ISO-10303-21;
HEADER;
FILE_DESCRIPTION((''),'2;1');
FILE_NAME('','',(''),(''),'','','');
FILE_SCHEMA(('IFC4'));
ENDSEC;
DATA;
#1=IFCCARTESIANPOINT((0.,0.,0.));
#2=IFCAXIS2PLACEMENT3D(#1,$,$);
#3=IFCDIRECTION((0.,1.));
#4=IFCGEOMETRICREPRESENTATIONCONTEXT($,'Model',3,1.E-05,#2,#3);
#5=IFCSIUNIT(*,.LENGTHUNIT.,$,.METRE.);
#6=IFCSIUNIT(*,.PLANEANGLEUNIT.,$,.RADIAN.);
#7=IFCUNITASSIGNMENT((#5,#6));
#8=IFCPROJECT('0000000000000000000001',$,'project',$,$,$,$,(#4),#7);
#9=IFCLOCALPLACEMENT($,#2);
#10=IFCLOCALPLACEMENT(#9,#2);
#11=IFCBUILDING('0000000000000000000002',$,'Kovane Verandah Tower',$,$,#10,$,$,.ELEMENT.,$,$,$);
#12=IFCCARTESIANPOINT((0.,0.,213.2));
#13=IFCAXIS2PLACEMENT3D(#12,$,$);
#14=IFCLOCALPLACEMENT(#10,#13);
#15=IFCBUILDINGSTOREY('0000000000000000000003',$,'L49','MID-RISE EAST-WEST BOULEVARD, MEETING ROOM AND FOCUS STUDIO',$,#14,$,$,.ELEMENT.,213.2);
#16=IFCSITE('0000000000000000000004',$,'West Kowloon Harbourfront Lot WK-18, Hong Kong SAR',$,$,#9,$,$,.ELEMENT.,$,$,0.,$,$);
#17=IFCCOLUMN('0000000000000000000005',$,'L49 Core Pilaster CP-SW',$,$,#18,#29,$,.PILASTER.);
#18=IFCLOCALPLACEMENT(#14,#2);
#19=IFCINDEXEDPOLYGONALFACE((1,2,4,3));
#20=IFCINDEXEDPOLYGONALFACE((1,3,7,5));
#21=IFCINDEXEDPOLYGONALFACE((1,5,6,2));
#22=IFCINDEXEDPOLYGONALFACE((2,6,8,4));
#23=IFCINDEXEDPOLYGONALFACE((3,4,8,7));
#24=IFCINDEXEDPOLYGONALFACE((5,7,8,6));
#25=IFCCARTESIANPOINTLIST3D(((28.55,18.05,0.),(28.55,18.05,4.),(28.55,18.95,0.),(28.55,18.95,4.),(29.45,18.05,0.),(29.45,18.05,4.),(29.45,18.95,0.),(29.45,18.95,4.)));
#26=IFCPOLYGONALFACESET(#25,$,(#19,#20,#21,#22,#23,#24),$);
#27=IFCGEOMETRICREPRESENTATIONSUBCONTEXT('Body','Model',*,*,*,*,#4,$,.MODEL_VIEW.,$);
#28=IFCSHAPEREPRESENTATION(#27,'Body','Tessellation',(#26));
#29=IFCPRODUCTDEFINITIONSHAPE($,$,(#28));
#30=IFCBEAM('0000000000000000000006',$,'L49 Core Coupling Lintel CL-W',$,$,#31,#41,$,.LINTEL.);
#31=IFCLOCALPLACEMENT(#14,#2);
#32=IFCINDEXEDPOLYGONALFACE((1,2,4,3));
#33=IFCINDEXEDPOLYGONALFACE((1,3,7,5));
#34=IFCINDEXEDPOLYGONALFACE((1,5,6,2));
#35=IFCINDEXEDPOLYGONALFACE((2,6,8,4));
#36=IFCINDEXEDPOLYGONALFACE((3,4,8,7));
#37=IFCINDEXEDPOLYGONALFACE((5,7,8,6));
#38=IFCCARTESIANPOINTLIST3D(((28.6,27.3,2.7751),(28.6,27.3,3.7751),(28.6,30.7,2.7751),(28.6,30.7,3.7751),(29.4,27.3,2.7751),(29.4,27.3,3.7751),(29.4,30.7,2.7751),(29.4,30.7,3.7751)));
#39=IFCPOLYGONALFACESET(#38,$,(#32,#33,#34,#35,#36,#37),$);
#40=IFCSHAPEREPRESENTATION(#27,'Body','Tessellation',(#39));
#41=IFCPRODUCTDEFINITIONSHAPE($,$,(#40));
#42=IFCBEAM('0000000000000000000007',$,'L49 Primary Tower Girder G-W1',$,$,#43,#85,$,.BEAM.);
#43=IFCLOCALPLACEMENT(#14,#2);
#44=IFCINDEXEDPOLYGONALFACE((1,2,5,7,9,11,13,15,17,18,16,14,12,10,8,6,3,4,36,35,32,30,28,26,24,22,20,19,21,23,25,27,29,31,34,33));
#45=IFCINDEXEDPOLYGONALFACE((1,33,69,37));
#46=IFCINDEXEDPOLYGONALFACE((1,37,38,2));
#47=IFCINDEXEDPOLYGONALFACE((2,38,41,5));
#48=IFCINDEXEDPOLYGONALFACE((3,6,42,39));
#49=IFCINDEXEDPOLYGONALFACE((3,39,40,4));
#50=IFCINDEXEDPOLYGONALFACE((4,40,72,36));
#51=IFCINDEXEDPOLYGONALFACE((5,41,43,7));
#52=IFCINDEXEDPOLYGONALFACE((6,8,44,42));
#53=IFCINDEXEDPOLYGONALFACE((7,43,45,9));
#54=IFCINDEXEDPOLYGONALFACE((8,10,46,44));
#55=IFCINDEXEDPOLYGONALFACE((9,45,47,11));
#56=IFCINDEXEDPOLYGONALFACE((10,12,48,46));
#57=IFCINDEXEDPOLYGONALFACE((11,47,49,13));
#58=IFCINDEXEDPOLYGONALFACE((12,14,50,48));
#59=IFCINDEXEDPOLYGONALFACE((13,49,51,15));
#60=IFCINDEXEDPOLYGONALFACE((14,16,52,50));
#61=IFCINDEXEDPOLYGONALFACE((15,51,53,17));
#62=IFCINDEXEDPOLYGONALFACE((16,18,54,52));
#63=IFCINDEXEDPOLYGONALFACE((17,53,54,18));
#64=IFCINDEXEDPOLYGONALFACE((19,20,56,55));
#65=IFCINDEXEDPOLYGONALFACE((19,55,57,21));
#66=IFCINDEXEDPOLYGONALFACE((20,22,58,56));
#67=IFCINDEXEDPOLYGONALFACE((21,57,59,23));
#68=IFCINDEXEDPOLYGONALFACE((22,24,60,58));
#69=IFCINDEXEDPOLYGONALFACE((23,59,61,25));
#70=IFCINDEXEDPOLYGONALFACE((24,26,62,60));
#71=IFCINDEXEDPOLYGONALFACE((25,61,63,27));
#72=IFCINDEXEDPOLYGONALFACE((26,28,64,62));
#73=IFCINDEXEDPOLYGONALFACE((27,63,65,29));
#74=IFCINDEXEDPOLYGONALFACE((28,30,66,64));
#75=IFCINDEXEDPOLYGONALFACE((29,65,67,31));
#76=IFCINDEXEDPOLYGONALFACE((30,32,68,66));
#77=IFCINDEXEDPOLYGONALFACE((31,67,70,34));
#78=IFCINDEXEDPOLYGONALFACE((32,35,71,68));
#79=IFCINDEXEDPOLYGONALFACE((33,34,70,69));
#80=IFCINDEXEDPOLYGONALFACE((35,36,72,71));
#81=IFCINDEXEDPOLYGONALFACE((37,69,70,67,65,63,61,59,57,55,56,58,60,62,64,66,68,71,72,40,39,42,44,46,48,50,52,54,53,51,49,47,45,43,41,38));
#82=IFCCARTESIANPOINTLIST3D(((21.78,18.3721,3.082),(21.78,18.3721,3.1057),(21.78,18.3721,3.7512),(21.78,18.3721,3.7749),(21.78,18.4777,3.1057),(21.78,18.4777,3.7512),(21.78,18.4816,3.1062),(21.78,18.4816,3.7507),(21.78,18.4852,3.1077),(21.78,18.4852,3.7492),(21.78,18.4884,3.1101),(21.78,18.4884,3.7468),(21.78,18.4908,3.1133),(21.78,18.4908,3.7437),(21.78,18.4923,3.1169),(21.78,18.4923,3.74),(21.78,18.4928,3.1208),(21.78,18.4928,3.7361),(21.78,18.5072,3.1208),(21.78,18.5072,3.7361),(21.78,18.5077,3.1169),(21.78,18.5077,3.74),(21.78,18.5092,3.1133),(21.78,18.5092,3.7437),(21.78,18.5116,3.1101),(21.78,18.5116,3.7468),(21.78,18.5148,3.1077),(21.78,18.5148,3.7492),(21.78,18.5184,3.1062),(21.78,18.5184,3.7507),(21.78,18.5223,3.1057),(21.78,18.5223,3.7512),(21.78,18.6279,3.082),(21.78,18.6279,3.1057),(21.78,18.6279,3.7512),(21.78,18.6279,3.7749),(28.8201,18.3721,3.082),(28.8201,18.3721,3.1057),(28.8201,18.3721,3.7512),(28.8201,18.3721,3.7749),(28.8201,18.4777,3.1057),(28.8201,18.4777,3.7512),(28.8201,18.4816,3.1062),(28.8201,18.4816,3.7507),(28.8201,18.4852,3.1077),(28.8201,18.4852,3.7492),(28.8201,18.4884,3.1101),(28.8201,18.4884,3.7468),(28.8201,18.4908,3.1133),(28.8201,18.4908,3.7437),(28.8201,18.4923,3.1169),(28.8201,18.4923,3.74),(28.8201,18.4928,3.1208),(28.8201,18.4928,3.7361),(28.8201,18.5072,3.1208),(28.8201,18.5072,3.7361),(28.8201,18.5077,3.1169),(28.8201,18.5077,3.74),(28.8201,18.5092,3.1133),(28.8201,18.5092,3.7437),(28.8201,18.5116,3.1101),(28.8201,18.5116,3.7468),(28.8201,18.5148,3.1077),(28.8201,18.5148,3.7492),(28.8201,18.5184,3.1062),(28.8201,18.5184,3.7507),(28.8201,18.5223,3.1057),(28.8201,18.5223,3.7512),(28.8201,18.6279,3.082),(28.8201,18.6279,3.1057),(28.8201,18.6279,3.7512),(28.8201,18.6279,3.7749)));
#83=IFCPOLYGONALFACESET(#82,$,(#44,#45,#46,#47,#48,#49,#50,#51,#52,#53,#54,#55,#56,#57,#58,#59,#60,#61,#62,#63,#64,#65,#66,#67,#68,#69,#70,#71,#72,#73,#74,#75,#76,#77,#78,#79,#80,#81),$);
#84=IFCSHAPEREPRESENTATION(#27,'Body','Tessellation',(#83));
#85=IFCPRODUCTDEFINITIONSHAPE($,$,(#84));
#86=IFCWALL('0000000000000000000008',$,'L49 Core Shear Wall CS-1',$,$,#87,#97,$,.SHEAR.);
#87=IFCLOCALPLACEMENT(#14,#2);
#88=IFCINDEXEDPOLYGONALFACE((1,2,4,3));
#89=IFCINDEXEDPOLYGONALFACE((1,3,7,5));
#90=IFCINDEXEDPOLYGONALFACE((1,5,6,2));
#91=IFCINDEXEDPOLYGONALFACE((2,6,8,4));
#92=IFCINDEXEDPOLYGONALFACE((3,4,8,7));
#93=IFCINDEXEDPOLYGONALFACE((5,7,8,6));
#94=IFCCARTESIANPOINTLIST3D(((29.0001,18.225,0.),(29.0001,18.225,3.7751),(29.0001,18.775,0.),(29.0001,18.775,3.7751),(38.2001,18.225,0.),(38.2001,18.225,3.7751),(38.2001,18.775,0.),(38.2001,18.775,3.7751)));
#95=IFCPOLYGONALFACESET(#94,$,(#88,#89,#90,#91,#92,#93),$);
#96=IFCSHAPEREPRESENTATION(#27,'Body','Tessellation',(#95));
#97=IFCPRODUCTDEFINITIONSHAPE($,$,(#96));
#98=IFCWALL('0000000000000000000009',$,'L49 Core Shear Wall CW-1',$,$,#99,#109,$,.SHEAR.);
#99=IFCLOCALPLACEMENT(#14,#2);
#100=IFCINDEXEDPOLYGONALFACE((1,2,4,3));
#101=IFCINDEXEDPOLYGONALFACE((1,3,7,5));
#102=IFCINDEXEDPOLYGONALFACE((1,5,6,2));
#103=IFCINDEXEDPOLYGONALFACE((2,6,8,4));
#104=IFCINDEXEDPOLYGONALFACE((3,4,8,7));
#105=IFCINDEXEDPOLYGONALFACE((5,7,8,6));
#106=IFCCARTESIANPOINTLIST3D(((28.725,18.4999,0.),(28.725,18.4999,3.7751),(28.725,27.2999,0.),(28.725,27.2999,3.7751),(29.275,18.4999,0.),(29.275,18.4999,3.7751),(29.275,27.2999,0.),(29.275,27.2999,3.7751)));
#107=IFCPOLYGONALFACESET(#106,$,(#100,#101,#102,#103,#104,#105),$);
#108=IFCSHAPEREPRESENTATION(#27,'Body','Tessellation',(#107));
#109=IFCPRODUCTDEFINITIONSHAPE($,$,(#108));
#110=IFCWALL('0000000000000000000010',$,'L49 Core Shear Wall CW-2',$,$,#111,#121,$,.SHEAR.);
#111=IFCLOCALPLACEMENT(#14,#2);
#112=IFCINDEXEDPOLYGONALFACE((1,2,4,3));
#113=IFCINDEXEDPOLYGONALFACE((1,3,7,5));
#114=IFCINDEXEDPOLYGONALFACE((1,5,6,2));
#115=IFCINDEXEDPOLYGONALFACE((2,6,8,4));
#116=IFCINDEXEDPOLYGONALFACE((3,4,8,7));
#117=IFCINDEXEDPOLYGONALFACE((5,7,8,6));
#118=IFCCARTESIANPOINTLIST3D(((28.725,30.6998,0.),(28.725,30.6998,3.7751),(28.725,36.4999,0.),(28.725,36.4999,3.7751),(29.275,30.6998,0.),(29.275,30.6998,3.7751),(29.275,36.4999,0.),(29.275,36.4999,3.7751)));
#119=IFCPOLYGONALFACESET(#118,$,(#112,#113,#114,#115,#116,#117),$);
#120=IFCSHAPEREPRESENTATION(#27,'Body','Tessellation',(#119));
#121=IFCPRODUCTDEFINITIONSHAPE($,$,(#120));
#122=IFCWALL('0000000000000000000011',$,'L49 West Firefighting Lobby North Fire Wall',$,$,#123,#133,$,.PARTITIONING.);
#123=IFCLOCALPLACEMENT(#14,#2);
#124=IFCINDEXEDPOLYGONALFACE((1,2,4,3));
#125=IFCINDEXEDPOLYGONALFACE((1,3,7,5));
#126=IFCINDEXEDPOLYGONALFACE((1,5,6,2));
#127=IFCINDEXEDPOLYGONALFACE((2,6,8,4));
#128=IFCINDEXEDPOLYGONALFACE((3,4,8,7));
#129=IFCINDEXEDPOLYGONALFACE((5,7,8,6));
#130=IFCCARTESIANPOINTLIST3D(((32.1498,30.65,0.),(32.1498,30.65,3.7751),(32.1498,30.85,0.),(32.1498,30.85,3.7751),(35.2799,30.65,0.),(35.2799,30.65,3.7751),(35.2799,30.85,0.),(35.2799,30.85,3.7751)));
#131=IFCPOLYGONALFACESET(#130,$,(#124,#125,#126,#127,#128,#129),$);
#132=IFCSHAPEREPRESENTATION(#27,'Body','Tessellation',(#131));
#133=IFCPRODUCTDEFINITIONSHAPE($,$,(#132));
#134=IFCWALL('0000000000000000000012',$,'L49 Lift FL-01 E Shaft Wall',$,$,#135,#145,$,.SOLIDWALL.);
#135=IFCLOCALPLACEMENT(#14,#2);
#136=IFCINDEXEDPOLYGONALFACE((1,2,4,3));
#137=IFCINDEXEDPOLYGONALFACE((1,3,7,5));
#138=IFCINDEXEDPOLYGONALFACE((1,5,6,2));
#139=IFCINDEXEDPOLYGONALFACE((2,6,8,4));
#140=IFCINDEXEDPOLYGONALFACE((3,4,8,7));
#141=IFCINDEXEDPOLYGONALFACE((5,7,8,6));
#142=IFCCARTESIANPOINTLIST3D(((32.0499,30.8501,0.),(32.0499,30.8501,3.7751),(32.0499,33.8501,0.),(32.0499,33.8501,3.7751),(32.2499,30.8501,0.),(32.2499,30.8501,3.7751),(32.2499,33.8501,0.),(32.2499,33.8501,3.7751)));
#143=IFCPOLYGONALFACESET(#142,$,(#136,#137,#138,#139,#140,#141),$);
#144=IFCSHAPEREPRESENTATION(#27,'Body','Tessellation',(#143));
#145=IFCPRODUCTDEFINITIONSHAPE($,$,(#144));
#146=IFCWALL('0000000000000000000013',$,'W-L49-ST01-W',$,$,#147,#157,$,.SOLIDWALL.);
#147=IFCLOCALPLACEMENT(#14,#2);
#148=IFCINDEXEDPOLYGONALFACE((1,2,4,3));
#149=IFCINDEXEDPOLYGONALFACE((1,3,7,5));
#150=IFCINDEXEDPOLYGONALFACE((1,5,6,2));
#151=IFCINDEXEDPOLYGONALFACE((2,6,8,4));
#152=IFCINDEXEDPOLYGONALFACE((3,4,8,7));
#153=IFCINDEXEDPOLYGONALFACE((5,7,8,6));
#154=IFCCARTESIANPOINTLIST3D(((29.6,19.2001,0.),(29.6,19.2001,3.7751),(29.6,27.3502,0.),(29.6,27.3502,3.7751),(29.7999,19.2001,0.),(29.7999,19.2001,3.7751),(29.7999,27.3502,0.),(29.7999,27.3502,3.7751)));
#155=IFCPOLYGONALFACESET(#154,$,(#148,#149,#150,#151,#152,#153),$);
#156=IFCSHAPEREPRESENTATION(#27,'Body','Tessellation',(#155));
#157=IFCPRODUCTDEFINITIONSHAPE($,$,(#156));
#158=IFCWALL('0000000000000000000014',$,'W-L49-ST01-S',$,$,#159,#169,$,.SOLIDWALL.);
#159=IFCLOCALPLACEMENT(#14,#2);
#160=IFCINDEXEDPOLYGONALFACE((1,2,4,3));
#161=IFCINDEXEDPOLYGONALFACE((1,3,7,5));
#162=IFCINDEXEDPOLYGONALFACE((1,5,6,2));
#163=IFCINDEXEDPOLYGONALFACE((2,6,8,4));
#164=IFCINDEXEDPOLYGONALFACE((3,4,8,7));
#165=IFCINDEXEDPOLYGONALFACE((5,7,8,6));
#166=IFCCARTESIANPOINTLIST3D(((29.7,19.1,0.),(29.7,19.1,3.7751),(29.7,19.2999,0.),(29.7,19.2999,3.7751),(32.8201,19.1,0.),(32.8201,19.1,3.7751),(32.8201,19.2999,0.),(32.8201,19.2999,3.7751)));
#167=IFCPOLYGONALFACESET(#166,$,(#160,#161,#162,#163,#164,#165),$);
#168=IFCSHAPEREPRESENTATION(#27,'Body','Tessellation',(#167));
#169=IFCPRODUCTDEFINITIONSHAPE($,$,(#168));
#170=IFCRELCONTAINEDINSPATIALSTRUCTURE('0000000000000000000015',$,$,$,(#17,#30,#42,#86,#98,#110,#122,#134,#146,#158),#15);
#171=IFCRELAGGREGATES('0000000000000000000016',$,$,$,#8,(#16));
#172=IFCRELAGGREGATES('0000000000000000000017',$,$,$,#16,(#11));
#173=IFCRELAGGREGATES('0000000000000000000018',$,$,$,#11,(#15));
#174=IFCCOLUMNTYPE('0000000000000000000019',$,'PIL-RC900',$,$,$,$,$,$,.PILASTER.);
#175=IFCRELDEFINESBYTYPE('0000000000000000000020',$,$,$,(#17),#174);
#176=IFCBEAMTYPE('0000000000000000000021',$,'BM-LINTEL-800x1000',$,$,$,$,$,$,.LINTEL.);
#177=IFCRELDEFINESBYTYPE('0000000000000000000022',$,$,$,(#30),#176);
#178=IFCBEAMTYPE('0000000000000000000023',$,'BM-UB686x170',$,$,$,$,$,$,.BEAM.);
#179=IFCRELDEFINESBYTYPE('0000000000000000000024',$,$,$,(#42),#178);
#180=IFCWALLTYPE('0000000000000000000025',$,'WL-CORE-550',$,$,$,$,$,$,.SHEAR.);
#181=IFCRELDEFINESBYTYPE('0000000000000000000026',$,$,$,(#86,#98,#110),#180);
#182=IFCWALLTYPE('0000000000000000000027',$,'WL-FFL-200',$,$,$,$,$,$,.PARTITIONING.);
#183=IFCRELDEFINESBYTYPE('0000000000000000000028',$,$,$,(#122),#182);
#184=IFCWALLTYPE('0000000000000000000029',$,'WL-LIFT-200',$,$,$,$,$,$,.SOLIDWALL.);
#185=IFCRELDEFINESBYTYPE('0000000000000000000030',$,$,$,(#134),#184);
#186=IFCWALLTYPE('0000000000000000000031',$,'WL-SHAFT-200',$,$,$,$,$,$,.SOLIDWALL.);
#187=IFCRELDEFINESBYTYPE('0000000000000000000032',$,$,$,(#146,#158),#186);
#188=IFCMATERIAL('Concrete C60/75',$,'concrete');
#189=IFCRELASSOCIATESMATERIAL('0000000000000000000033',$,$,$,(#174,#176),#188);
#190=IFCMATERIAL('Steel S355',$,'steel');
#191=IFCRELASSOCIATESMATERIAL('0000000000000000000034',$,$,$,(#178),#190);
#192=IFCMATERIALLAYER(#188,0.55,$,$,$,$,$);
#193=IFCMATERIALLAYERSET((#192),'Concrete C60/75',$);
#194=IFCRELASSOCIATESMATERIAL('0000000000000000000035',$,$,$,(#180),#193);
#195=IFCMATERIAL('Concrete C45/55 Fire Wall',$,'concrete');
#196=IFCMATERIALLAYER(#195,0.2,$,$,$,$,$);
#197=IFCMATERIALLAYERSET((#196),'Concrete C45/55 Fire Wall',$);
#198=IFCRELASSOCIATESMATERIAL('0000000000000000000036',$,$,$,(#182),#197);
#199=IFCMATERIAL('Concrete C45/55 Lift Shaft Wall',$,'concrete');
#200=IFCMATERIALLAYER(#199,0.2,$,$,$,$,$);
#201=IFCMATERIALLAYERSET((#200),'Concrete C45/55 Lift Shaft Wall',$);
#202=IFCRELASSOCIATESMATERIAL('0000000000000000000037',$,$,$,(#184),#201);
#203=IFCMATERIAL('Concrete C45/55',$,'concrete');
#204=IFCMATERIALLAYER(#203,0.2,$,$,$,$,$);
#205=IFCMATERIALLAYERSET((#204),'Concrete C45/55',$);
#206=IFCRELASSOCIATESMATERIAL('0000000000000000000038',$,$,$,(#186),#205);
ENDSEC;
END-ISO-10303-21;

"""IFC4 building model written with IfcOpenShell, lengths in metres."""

from ifc_helpers import new_model, si_unit, direction, frame, frame_2d, origin, origin_2d, place, context, subcontext, project, spatial, rectangle, i_section, extrude, material, layer, layer_set, material_profile, profile_set, type_object, element, save


model = new_model("IFC4")

# Units and contexts
model_context = context("Model", 3, precision=1e-05, world=origin(), true_north=direction((0.0, 1.0)))
body_context = subcontext(model_context, "Body", "Model", "MODEL_VIEW")
ifc_project = project(units=[si_unit("LENGTHUNIT", "METRE"), si_unit("PLANEANGLEUNIT", "RADIAN")], contexts=[model_context])

# Site, building, storey
site_placement = place(None, origin())
site = spatial("IfcSite", under=ifc_project, at=site_placement, Name="West Kowloon Harbourfront Lot WK-18, Hong Kong SAR", CompositionType="ELEMENT", RefElevation=0.0)
building_placement = place(site_placement, origin())
building = spatial("IfcBuilding", under=site, at=building_placement, Name="Kovane Verandah Tower", CompositionType="ELEMENT")
storey_placement = place(building_placement, frame((0.0, 0.0, 213.2)))
storey = spatial("IfcBuildingStorey", under=building, at=storey_placement, Name="L49", Description="MID-RISE EAST-WEST BOULEVARD, MEETING ROOM AND FOCUS STUDIO", CompositionType="ELEMENT", Elevation=213.2)

# Column
ifc_material_1 = material(Name="Concrete C60/75", Category="concrete")
ifc_material_profile_1 = material_profile(ifc_material_1, rectangle(XDim=0.8999, YDim=0.8999, at=origin_2d()), Name="RC900x900")
ifc_profile_set_1 = profile_set([ifc_material_profile_1], Name="Concrete C60/75")
column_type = type_object("IfcColumnType", Name="PIL-RC900", PredefinedType="PILASTER", material=ifc_profile_set_1)
column_placement = place(storey_placement, frame((29.0, 18.5, 0.0), z_axis=(0.0, 0.0, 1.0), x_axis=(1.0, 0.0, 0.0)))
element("IfcColumn", 1, at=column_placement, inside=storey, type_object=column_type, Name="L49 Core Pilaster CP-SW", PredefinedType="PILASTER", context=body_context, shape_type="SweptSolid", body=[
    extrude(rectangle(XDim=0.8999, YDim=0.8999, at=origin_2d()), origin(), (0.0, 0.0, 1.0), 4.0),
])

# Beams
ifc_material_profile_2 = material_profile(ifc_material_1, rectangle(XDim=0.8, YDim=1.0, at=origin_2d()), Name="RCB800x1000")
ifc_profile_set_2 = profile_set([ifc_material_profile_2], Name="Concrete C60/75")
beam_type_1 = type_object("IfcBeamType", Name="BM-LINTEL-800x1000", PredefinedType="LINTEL", material=ifc_profile_set_2)
beam_1_placement = place(storey_placement, frame((29.0, 27.3, 3.2751), z_axis=(0.0, 1.0, 0.0), x_axis=(-1.0, 0.0, 0.0)))
element("IfcBeam", 2, at=beam_1_placement, inside=storey, type_object=beam_type_1, Name="L49 Core Coupling Lintel CL-W", PredefinedType="LINTEL", context=body_context, shape_type="SweptSolid", body=[
    extrude(rectangle(XDim=0.8, YDim=1.0, at=origin_2d()), origin(), (0.0, 0.0, 1.0), 3.3999),
])
ifc_material_2 = material(Name="Steel S355", Category="steel")
ifc_material_profile_3 = material_profile(ifc_material_2, i_section(OverallWidth=0.2559, OverallDepth=0.6929, WebThickness=0.0144, FlangeThickness=0.0237, FilletRadius=0.0151, at=origin_2d()), Name="UB686x254x170")
ifc_profile_set_3 = profile_set([ifc_material_profile_3], Name="Steel S355")
beam_type_2 = type_object("IfcBeamType", Name="BM-UB686x170", PredefinedType="BEAM", material=ifc_profile_set_3)
beam_2_placement = place(storey_placement, frame((28.8201, 18.5, 3.4285), z_axis=(-1.0, 0.0, 0.0), x_axis=(0.0, -1.0, 0.0)))
element("IfcBeam", 3, at=beam_2_placement, inside=storey, type_object=beam_type_2, Name="L49 Primary Tower Girder G-W1", PredefinedType="BEAM", context=body_context, shape_type="SweptSolid", body=[
    extrude(i_section(OverallWidth=0.2559, OverallDepth=0.6929, WebThickness=0.0144, FlangeThickness=0.0237, FilletRadius=0.0151, at=origin_2d()), origin(), (0.0, 0.0, 1.0), 7.04),
])

# Walls
ifc_layer_1 = layer(ifc_material_1, 0.55)
ifc_layer_set_1 = layer_set([ifc_layer_1], Name="Concrete C60/75")
wall_type_1 = type_object("IfcWallType", Name="WL-CORE-550", PredefinedType="SHEAR", material=ifc_layer_set_1)
wall_1_placement = place(storey_placement, frame((29.0, 18.5, 0.0), z_axis=(0.0, 0.0, 1.0), x_axis=(1.0, 0.0, 0.0)))
element("IfcWall", 4, at=wall_1_placement, inside=storey, type_object=wall_type_1, Name="L49 Core Shear Wall CS-1", PredefinedType="SHEAR", context=body_context, shape_type="SweptSolid", body=[
    extrude(rectangle(XDim=9.2, YDim=0.55, at=frame_2d((4.6001, 0.0))), origin(), (0.0, 0.0, 1.0), 3.7751),
])
wall_2_placement = place(storey_placement, frame((29.0, 18.5, 0.0), z_axis=(0.0, 0.0, 1.0), x_axis=(0.0, 1.0, 0.0)))
element("IfcWall", 5, at=wall_2_placement, inside=storey, type_object=wall_type_1, Name="L49 Core Shear Wall CW-1", PredefinedType="SHEAR", context=body_context, shape_type="SweptSolid", body=[
    extrude(rectangle(XDim=8.8, YDim=0.55, at=frame_2d((4.3999, 0.0))), origin(), (0.0, 0.0, 1.0), 3.7751),
])
wall_3_placement = place(storey_placement, frame((29.0, 30.7, 0.0), z_axis=(0.0, 0.0, 1.0), x_axis=(0.0, 1.0, 0.0)))
element("IfcWall", 6, at=wall_3_placement, inside=storey, type_object=wall_type_1, Name="L49 Core Shear Wall CW-2", PredefinedType="SHEAR", context=body_context, shape_type="SweptSolid", body=[
    extrude(rectangle(XDim=5.8, YDim=0.55, at=frame_2d((2.8999, 0.0))), origin(), (0.0, 0.0, 1.0), 3.7751),
])

# Shared definitions
ifc_material_3 = material(Name="Concrete C45/55 Fire Wall", Category="concrete")
ifc_layer_2 = layer(ifc_material_3, 0.2)
ifc_layer_set_2 = layer_set([ifc_layer_2], Name="Concrete C45/55 Fire Wall")
wall_type_2 = type_object("IfcWallType", Name="WL-FFL-200", PredefinedType="PARTITIONING", material=ifc_layer_set_2)

# Wall
wall_4_placement = place(storey_placement, frame((32.1499, 30.75, 0.0), z_axis=(0.0, 0.0, 1.0), x_axis=(1.0, 0.0, 0.0)))
element("IfcWall", 7, at=wall_4_placement, inside=storey, type_object=wall_type_2, Name="L49 West Firefighting Lobby North Fire Wall", PredefinedType="PARTITIONING", context=body_context, shape_type="SweptSolid", body=[
    extrude(rectangle(XDim=3.1301, YDim=0.2, at=frame_2d((1.5649, 0.0))), origin(), (0.0, 0.0, 1.0), 3.7751),
])

# Shared definitions
ifc_material_4 = material(Name="Concrete C45/55 Lift Shaft Wall", Category="concrete")
ifc_layer_3 = layer(ifc_material_4, 0.2)
ifc_layer_set_3 = layer_set([ifc_layer_3], Name="Concrete C45/55 Lift Shaft Wall")
wall_type_3 = type_object("IfcWallType", Name="WL-LIFT-200", PredefinedType="SOLIDWALL", material=ifc_layer_set_3)

# Walls
wall_5_placement = place(storey_placement, frame((32.1499, 30.8501, 0.0), z_axis=(0.0, 0.0, 1.0), x_axis=(0.0, 1.0, 0.0)))
element("IfcWall", 8, at=wall_5_placement, inside=storey, type_object=wall_type_3, Name="L49 Lift FL-01 E Shaft Wall", PredefinedType="SOLIDWALL", context=body_context, shape_type="SweptSolid", body=[
    extrude(rectangle(XDim=3.0, YDim=0.2, at=frame_2d((1.5, 0.0))), origin(), (0.0, 0.0, 1.0), 3.7751),
])
ifc_material_5 = material(Name="Concrete C45/55", Category="concrete")
ifc_layer_4 = layer(ifc_material_5, 0.2)
ifc_layer_set_4 = layer_set([ifc_layer_4], Name="Concrete C45/55")
wall_type_4 = type_object("IfcWallType", Name="WL-SHAFT-200", PredefinedType="SOLIDWALL", material=ifc_layer_set_4)
wall_6_placement = place(storey_placement, frame((29.7, 19.2, 0.0), z_axis=(0.0, 0.0, 1.0), x_axis=(0.0, 1.0, 0.0)))
element("IfcWall", 9, at=wall_6_placement, inside=storey, type_object=wall_type_4, Name="W-L49-ST01-W", PredefinedType="SOLIDWALL", context=body_context, shape_type="SweptSolid", body=[
    extrude(rectangle(XDim=8.1501, YDim=0.2, at=frame_2d((4.0752, 0.0))), origin(), (0.0, 0.0, 1.0), 3.7751),
])
wall_7_placement = place(storey_placement, frame((29.7, 19.2, 0.0), z_axis=(0.0, 0.0, 1.0), x_axis=(1.0, 0.0, 0.0)))
element("IfcWall", 10, at=wall_7_placement, inside=storey, type_object=wall_type_4, Name="W-L49-ST01-S", PredefinedType="SOLIDWALL", context=body_context, shape_type="SweptSolid", body=[
    extrude(rectangle(XDim=3.1201, YDim=0.2, at=frame_2d((1.5601, 0.0))), origin(), (0.0, 0.0, 1.0), 3.7751),
])

save(model, "model.ifc")
